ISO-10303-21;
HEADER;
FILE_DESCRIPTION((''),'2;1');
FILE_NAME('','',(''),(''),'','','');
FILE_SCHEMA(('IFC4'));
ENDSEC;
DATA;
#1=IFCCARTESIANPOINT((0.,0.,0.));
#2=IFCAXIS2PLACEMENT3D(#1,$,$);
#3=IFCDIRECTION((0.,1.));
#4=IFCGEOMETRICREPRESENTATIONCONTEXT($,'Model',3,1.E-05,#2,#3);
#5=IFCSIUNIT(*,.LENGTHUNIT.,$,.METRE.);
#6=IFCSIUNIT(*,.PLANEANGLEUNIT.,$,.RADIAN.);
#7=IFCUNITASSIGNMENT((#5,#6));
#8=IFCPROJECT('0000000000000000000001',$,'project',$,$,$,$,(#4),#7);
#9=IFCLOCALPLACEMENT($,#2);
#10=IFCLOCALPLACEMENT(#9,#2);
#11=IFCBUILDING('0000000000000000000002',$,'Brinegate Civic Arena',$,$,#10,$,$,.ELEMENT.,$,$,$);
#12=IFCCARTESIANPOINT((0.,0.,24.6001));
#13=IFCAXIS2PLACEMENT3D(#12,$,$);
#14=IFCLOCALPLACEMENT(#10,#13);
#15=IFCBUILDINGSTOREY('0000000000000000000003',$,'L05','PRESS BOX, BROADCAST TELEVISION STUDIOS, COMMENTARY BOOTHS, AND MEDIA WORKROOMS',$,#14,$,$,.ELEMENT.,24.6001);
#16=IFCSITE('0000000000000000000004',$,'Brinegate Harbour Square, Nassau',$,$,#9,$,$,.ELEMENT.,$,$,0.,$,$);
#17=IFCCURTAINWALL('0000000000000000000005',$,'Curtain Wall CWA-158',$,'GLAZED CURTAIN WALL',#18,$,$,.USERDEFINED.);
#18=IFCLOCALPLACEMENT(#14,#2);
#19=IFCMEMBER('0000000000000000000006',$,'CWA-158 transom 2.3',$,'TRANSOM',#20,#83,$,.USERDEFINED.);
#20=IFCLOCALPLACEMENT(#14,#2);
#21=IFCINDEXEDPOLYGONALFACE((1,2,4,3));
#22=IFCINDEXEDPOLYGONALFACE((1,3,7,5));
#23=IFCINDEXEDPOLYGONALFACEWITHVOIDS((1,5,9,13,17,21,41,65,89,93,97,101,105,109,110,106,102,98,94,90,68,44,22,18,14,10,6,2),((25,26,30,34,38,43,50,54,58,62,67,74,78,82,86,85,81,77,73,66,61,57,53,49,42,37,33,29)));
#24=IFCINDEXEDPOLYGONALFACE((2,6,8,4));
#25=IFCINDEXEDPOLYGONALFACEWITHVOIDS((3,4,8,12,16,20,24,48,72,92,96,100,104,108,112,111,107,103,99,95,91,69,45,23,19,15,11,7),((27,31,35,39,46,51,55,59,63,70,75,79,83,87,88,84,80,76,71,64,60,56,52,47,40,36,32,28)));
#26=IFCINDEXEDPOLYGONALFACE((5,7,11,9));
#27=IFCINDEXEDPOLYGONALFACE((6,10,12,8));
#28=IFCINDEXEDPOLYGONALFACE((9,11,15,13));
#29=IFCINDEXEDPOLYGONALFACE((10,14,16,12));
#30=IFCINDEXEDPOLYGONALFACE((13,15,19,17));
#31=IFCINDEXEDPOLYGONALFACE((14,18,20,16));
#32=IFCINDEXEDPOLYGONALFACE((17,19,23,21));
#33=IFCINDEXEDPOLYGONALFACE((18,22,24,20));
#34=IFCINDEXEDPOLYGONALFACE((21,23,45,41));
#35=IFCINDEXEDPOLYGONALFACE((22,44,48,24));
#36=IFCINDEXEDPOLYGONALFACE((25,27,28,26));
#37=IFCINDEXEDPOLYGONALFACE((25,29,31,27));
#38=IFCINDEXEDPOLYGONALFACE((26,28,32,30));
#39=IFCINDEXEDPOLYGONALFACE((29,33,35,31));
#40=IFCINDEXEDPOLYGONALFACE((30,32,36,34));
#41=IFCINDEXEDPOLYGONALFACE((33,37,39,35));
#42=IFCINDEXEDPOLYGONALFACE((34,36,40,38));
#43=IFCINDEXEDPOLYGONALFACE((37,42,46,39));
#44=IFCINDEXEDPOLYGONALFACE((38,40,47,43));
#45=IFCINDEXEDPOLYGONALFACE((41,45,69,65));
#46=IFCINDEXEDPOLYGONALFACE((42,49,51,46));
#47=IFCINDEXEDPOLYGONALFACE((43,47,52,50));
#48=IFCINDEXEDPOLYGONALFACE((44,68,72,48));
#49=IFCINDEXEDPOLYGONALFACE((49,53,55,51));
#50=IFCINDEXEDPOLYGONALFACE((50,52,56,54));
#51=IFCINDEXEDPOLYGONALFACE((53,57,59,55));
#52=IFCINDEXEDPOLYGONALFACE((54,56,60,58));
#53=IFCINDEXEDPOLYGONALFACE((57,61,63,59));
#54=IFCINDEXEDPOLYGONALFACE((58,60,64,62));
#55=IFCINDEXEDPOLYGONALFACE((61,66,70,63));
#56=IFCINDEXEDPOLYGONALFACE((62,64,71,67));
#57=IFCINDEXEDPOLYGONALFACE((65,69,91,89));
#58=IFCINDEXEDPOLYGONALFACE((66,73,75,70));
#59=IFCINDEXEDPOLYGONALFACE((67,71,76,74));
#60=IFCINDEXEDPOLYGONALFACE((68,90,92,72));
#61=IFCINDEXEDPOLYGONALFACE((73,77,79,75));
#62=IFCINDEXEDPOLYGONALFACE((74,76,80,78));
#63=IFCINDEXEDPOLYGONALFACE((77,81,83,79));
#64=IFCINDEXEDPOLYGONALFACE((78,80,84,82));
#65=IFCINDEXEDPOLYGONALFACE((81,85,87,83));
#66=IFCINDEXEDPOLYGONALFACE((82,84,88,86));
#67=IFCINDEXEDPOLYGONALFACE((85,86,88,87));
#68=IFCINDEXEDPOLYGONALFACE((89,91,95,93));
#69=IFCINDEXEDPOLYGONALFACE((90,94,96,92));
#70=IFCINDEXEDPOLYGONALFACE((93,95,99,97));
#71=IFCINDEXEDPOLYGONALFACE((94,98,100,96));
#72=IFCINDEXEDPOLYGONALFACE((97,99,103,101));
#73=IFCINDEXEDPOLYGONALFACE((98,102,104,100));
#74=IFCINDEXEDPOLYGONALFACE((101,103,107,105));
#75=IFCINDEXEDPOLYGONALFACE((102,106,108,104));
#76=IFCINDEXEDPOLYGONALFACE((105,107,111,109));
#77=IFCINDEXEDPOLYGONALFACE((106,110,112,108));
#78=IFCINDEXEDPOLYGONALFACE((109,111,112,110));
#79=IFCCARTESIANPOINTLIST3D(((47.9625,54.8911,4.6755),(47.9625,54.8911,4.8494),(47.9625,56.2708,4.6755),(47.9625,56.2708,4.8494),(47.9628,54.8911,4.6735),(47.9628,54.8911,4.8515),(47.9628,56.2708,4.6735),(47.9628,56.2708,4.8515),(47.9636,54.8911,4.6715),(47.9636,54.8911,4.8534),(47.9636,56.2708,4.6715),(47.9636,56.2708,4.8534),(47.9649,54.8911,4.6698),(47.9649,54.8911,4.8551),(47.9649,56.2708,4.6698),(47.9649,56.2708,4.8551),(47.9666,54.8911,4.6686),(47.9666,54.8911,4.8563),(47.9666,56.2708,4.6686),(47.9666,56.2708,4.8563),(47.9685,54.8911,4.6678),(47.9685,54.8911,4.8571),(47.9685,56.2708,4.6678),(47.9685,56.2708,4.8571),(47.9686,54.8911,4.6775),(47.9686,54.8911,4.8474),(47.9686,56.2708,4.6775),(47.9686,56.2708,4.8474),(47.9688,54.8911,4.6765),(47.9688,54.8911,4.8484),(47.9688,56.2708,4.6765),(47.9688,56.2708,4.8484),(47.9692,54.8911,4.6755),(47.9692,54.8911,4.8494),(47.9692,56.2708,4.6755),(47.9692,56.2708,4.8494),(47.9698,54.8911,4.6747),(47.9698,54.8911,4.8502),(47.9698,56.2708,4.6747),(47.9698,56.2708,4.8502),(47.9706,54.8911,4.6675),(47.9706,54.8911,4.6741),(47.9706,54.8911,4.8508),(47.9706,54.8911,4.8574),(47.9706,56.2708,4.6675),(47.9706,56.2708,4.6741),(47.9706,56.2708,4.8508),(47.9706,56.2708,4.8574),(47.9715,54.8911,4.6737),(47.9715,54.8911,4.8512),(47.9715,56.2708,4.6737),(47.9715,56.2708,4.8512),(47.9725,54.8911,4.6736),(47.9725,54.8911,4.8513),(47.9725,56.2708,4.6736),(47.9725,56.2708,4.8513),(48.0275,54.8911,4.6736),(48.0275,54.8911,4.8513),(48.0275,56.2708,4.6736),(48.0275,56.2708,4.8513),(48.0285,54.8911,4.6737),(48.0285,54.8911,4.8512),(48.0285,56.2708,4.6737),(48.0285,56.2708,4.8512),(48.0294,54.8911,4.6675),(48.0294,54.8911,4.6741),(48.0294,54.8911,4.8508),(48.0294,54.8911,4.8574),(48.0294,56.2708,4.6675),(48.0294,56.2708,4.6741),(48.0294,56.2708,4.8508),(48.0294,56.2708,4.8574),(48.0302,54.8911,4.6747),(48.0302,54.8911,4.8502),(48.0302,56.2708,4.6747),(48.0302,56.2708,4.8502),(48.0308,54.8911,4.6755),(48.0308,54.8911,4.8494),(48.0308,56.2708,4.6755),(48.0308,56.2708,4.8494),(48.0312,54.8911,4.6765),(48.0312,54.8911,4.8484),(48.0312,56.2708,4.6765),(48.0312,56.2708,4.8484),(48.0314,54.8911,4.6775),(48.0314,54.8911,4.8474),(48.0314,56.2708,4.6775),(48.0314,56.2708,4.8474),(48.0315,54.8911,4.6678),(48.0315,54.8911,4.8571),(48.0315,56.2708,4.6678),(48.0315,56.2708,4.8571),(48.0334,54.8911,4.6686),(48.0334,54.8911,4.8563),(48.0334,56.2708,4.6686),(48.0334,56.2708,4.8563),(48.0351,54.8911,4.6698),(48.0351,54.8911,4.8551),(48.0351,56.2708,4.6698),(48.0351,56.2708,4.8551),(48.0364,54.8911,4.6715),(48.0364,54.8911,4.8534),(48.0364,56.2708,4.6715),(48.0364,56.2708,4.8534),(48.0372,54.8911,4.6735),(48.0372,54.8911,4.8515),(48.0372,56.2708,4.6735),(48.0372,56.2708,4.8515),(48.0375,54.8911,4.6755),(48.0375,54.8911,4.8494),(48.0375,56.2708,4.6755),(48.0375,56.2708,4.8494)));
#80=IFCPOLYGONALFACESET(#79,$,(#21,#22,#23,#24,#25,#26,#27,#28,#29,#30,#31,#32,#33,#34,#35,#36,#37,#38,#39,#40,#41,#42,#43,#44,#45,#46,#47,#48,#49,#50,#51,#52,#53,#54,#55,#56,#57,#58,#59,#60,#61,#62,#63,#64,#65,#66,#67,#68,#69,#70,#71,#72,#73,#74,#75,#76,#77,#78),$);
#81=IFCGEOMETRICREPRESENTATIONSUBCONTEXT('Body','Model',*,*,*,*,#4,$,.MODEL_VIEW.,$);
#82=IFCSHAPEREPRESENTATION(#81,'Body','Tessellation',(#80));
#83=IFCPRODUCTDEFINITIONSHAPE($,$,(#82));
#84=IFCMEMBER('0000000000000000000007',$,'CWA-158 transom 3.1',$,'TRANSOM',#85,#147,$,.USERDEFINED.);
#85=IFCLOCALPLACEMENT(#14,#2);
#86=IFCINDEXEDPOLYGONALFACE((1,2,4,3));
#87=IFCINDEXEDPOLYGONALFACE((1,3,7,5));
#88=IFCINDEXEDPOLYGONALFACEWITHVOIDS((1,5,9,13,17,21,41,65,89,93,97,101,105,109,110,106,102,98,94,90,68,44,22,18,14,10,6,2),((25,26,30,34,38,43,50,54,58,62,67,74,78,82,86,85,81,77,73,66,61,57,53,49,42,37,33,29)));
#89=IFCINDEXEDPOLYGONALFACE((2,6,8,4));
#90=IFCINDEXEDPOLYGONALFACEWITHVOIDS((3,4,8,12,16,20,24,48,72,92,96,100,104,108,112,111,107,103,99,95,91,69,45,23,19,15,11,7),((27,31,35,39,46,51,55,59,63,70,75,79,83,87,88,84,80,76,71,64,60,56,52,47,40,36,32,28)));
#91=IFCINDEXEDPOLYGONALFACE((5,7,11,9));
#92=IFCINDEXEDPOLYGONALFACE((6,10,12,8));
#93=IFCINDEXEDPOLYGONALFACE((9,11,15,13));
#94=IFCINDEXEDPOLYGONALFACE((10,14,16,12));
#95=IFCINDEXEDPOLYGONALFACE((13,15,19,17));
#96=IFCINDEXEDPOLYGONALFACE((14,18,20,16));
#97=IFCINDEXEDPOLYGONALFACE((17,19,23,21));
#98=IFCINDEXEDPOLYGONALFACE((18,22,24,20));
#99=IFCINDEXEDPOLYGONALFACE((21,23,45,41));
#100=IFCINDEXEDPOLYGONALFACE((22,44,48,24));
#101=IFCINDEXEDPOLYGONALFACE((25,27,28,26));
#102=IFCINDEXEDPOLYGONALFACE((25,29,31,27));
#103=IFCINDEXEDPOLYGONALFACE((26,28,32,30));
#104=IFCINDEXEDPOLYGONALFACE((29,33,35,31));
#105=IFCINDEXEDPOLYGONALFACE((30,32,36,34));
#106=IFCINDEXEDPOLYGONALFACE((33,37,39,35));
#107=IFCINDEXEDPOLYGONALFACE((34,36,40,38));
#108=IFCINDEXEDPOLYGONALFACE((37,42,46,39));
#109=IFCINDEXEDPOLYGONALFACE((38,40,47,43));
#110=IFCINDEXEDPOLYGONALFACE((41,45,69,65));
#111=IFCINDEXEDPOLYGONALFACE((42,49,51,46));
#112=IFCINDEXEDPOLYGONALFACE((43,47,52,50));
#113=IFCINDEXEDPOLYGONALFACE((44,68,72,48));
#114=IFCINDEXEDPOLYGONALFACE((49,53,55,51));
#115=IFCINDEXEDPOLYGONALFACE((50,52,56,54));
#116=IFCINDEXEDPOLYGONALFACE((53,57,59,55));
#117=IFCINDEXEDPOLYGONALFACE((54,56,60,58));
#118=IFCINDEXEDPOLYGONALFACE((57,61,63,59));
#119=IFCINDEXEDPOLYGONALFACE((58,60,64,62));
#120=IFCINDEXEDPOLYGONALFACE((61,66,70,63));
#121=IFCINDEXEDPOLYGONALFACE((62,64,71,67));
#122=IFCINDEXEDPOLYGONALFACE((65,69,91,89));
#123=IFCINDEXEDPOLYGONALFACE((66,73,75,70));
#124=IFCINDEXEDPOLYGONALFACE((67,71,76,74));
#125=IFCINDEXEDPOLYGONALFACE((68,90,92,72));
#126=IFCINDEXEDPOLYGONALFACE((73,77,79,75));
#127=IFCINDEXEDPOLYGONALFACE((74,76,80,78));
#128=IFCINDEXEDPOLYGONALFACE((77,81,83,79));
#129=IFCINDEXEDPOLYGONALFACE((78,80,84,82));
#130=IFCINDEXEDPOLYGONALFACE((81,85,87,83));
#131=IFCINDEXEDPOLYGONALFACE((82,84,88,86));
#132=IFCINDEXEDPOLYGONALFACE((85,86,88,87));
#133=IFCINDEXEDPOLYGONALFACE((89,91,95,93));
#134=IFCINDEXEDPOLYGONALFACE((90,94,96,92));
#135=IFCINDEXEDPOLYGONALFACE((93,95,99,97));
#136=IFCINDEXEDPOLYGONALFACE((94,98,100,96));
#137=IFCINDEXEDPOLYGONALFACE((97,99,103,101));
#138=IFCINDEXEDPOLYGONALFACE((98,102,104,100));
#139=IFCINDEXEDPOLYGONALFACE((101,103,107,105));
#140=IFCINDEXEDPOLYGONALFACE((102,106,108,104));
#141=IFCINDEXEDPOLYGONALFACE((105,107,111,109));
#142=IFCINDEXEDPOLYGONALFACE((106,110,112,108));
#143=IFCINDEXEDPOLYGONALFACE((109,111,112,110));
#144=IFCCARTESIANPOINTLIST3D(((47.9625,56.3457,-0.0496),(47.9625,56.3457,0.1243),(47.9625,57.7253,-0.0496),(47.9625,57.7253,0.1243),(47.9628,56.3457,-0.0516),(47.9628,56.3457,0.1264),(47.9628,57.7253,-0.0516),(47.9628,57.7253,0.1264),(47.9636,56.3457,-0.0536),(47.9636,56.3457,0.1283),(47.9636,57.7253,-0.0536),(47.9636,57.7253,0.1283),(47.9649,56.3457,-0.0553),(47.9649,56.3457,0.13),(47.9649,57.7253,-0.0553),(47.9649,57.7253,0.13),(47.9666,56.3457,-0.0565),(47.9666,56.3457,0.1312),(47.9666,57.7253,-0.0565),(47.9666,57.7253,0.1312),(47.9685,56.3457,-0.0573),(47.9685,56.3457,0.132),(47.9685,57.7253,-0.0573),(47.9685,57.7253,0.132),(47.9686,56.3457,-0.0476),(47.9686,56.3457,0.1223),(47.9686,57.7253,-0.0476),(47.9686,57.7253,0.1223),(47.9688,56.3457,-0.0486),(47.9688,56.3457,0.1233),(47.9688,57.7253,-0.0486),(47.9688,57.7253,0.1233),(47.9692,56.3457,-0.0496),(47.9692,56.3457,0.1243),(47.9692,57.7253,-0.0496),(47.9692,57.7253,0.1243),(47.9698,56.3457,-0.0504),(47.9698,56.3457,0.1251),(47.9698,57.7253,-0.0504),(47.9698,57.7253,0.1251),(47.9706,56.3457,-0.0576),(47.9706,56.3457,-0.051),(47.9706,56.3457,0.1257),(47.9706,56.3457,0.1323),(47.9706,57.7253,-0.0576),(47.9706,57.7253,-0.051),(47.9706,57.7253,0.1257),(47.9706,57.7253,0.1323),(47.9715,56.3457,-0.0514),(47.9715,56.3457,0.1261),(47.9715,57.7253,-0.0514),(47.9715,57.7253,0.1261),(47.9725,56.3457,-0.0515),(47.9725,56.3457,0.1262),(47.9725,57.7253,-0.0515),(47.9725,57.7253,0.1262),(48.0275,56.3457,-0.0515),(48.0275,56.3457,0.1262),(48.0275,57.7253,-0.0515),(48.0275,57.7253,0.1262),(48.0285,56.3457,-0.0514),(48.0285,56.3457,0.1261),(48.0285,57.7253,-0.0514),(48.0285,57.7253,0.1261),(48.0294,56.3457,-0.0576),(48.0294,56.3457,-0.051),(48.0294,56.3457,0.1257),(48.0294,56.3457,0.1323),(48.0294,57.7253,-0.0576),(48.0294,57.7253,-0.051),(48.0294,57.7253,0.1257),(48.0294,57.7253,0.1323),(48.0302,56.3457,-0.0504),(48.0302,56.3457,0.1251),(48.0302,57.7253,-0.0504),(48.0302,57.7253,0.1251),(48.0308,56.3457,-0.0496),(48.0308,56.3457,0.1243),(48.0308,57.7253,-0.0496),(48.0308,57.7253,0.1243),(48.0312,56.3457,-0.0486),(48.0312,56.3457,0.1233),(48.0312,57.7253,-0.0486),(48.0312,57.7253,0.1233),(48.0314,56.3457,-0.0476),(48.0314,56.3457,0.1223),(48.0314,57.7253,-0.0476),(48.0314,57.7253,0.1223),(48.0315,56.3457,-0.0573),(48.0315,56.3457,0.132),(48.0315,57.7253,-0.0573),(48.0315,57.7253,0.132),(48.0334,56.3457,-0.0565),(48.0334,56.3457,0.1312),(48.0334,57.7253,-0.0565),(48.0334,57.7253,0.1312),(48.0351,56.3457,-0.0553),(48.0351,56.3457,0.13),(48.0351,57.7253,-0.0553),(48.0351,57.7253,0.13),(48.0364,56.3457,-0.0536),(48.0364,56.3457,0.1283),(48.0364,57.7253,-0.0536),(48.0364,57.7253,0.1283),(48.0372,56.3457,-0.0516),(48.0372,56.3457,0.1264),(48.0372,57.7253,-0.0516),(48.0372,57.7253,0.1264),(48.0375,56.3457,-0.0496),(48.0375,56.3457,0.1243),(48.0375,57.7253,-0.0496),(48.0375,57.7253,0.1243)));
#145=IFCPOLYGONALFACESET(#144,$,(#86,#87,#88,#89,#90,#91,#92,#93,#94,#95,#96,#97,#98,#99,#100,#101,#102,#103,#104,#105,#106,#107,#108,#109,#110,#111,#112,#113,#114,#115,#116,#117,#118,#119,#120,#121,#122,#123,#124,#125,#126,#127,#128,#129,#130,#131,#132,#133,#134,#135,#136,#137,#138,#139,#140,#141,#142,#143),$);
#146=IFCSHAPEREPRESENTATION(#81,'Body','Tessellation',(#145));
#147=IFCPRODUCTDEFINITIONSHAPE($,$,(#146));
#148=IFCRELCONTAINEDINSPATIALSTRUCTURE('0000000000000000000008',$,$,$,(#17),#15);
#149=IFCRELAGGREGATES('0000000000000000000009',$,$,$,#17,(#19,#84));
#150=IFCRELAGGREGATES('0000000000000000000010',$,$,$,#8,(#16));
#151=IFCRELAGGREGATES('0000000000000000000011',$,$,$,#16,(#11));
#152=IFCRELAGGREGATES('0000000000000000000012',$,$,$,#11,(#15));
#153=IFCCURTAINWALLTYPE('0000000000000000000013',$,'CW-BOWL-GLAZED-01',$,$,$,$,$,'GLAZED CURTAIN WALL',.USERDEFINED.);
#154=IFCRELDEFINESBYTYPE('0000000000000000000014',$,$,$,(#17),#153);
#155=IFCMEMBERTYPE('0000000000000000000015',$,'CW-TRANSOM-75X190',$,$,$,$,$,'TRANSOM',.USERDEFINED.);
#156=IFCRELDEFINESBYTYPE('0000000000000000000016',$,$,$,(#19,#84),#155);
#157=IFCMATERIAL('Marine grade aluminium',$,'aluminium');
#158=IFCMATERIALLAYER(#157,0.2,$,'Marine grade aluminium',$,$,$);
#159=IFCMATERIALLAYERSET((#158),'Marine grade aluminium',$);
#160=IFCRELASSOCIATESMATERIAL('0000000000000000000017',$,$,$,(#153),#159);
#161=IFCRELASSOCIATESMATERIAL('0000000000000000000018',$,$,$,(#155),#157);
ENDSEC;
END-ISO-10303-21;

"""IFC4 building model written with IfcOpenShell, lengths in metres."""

from ifc_helpers import new_model, si_unit, direction, frame, origin, origin_2d, place, context, subcontext, project, spatial, hollow_rectangle, extrude, material, layer, layer_set, material_profile, profile_set, type_object, element, aggregate, save


model = new_model("IFC4")

# Units and contexts
model_context = context("Model", 3, precision=1e-05, world=origin(), true_north=direction((0.0, 1.0)))
body_context = subcontext(model_context, "Body", "Model", "MODEL_VIEW")
ifc_project = project(units=[si_unit("LENGTHUNIT", "METRE"), si_unit("PLANEANGLEUNIT", "RADIAN")], contexts=[model_context])

# Site, building, storey
site_placement = place(None, origin())
site = spatial("IfcSite", under=ifc_project, at=site_placement, Name="Brinegate Harbour Square, Nassau", CompositionType="ELEMENT", RefElevation=0.0)
building_placement = place(site_placement, origin())
building = spatial("IfcBuilding", under=site, at=building_placement, Name="Brinegate Civic Arena", CompositionType="ELEMENT")
storey_placement = place(building_placement, frame((0.0, 0.0, 24.6001)))
storey = spatial("IfcBuildingStorey", under=building, at=storey_placement, Name="L05", Description="PRESS BOX, BROADCAST TELEVISION STUDIOS, COMMENTARY BOOTHS, AND MEDIA WORKROOMS", CompositionType="ELEMENT", Elevation=24.6001)

# Curtain wall, members
ifc_material_1 = material(Name="Marine grade aluminium", Category="aluminium")
ifc_layer_1 = layer(ifc_material_1, 0.2, Name="Marine grade aluminium")
ifc_layer_set_1 = layer_set([ifc_layer_1], Name="Marine grade aluminium")
curtain_wall_type = type_object("IfcCurtainWallType", Name="CW-BOWL-GLAZED-01", ElementType="GLAZED CURTAIN WALL", PredefinedType="USERDEFINED", material=ifc_layer_set_1)
curtain_wall_placement = place(storey_placement, origin())
curtain_wall = element("IfcCurtainWall", 1, at=curtain_wall_placement, inside=storey, type_object=curtain_wall_type, Name="Curtain Wall CWA-158", ObjectType="GLAZED CURTAIN WALL", PredefinedType="USERDEFINED")
ifc_material_profile_1 = material_profile(ifc_material_1, hollow_rectangle(XDim=0.075, YDim=0.1899, WallThickness=0.0061, InnerFilletRadius=0.0039, OuterFilletRadius=0.0081, at=origin_2d()), Name="TRN75X190")
ifc_profile_set_1 = profile_set([ifc_material_profile_1], Name="Marine grade aluminium")
member_type_1 = type_object("IfcMemberType", Name="CW-TRANSOM-75X190", ElementType="TRANSOM", PredefinedType="USERDEFINED", material=ifc_profile_set_1)
member_1_placement = place(storey_placement, frame((48.0, 54.8911, 4.7625), z_axis=(0.0, 1.0, 0.0), x_axis=(-1.0, 0.0, 0.0)))
member_1 = element("IfcMember", 2, at=member_1_placement, type_object=member_type_1, Name="CWA-158 transom 2.3", ObjectType="TRANSOM", PredefinedType="USERDEFINED", context=body_context, shape_type="SweptSolid", body=[
    extrude(hollow_rectangle(XDim=0.075, YDim=0.1899, WallThickness=0.0061, InnerFilletRadius=0.0039, OuterFilletRadius=0.0081, at=origin_2d()), origin(), (0.0, 0.0, 1.0), 1.3796),
])
member_2_placement = place(storey_placement, frame((48.0, 56.3457, 0.0374), z_axis=(0.0, 1.0, 0.0), x_axis=(-1.0, 0.0, 0.0)))
member_2 = element("IfcMember", 3, at=member_2_placement, type_object=member_type_1, Name="CWA-158 transom 3.1", ObjectType="TRANSOM", PredefinedType="USERDEFINED", context=body_context, shape_type="SweptSolid", body=[
    extrude(hollow_rectangle(XDim=0.075, YDim=0.1899, WallThickness=0.0061, InnerFilletRadius=0.0039, OuterFilletRadius=0.0081, at=origin_2d()), origin(), (0.0, 0.0, 1.0), 1.3796),
])

aggregate(curtain_wall, [member_1, member_2])

save(model, "model.ifc")
